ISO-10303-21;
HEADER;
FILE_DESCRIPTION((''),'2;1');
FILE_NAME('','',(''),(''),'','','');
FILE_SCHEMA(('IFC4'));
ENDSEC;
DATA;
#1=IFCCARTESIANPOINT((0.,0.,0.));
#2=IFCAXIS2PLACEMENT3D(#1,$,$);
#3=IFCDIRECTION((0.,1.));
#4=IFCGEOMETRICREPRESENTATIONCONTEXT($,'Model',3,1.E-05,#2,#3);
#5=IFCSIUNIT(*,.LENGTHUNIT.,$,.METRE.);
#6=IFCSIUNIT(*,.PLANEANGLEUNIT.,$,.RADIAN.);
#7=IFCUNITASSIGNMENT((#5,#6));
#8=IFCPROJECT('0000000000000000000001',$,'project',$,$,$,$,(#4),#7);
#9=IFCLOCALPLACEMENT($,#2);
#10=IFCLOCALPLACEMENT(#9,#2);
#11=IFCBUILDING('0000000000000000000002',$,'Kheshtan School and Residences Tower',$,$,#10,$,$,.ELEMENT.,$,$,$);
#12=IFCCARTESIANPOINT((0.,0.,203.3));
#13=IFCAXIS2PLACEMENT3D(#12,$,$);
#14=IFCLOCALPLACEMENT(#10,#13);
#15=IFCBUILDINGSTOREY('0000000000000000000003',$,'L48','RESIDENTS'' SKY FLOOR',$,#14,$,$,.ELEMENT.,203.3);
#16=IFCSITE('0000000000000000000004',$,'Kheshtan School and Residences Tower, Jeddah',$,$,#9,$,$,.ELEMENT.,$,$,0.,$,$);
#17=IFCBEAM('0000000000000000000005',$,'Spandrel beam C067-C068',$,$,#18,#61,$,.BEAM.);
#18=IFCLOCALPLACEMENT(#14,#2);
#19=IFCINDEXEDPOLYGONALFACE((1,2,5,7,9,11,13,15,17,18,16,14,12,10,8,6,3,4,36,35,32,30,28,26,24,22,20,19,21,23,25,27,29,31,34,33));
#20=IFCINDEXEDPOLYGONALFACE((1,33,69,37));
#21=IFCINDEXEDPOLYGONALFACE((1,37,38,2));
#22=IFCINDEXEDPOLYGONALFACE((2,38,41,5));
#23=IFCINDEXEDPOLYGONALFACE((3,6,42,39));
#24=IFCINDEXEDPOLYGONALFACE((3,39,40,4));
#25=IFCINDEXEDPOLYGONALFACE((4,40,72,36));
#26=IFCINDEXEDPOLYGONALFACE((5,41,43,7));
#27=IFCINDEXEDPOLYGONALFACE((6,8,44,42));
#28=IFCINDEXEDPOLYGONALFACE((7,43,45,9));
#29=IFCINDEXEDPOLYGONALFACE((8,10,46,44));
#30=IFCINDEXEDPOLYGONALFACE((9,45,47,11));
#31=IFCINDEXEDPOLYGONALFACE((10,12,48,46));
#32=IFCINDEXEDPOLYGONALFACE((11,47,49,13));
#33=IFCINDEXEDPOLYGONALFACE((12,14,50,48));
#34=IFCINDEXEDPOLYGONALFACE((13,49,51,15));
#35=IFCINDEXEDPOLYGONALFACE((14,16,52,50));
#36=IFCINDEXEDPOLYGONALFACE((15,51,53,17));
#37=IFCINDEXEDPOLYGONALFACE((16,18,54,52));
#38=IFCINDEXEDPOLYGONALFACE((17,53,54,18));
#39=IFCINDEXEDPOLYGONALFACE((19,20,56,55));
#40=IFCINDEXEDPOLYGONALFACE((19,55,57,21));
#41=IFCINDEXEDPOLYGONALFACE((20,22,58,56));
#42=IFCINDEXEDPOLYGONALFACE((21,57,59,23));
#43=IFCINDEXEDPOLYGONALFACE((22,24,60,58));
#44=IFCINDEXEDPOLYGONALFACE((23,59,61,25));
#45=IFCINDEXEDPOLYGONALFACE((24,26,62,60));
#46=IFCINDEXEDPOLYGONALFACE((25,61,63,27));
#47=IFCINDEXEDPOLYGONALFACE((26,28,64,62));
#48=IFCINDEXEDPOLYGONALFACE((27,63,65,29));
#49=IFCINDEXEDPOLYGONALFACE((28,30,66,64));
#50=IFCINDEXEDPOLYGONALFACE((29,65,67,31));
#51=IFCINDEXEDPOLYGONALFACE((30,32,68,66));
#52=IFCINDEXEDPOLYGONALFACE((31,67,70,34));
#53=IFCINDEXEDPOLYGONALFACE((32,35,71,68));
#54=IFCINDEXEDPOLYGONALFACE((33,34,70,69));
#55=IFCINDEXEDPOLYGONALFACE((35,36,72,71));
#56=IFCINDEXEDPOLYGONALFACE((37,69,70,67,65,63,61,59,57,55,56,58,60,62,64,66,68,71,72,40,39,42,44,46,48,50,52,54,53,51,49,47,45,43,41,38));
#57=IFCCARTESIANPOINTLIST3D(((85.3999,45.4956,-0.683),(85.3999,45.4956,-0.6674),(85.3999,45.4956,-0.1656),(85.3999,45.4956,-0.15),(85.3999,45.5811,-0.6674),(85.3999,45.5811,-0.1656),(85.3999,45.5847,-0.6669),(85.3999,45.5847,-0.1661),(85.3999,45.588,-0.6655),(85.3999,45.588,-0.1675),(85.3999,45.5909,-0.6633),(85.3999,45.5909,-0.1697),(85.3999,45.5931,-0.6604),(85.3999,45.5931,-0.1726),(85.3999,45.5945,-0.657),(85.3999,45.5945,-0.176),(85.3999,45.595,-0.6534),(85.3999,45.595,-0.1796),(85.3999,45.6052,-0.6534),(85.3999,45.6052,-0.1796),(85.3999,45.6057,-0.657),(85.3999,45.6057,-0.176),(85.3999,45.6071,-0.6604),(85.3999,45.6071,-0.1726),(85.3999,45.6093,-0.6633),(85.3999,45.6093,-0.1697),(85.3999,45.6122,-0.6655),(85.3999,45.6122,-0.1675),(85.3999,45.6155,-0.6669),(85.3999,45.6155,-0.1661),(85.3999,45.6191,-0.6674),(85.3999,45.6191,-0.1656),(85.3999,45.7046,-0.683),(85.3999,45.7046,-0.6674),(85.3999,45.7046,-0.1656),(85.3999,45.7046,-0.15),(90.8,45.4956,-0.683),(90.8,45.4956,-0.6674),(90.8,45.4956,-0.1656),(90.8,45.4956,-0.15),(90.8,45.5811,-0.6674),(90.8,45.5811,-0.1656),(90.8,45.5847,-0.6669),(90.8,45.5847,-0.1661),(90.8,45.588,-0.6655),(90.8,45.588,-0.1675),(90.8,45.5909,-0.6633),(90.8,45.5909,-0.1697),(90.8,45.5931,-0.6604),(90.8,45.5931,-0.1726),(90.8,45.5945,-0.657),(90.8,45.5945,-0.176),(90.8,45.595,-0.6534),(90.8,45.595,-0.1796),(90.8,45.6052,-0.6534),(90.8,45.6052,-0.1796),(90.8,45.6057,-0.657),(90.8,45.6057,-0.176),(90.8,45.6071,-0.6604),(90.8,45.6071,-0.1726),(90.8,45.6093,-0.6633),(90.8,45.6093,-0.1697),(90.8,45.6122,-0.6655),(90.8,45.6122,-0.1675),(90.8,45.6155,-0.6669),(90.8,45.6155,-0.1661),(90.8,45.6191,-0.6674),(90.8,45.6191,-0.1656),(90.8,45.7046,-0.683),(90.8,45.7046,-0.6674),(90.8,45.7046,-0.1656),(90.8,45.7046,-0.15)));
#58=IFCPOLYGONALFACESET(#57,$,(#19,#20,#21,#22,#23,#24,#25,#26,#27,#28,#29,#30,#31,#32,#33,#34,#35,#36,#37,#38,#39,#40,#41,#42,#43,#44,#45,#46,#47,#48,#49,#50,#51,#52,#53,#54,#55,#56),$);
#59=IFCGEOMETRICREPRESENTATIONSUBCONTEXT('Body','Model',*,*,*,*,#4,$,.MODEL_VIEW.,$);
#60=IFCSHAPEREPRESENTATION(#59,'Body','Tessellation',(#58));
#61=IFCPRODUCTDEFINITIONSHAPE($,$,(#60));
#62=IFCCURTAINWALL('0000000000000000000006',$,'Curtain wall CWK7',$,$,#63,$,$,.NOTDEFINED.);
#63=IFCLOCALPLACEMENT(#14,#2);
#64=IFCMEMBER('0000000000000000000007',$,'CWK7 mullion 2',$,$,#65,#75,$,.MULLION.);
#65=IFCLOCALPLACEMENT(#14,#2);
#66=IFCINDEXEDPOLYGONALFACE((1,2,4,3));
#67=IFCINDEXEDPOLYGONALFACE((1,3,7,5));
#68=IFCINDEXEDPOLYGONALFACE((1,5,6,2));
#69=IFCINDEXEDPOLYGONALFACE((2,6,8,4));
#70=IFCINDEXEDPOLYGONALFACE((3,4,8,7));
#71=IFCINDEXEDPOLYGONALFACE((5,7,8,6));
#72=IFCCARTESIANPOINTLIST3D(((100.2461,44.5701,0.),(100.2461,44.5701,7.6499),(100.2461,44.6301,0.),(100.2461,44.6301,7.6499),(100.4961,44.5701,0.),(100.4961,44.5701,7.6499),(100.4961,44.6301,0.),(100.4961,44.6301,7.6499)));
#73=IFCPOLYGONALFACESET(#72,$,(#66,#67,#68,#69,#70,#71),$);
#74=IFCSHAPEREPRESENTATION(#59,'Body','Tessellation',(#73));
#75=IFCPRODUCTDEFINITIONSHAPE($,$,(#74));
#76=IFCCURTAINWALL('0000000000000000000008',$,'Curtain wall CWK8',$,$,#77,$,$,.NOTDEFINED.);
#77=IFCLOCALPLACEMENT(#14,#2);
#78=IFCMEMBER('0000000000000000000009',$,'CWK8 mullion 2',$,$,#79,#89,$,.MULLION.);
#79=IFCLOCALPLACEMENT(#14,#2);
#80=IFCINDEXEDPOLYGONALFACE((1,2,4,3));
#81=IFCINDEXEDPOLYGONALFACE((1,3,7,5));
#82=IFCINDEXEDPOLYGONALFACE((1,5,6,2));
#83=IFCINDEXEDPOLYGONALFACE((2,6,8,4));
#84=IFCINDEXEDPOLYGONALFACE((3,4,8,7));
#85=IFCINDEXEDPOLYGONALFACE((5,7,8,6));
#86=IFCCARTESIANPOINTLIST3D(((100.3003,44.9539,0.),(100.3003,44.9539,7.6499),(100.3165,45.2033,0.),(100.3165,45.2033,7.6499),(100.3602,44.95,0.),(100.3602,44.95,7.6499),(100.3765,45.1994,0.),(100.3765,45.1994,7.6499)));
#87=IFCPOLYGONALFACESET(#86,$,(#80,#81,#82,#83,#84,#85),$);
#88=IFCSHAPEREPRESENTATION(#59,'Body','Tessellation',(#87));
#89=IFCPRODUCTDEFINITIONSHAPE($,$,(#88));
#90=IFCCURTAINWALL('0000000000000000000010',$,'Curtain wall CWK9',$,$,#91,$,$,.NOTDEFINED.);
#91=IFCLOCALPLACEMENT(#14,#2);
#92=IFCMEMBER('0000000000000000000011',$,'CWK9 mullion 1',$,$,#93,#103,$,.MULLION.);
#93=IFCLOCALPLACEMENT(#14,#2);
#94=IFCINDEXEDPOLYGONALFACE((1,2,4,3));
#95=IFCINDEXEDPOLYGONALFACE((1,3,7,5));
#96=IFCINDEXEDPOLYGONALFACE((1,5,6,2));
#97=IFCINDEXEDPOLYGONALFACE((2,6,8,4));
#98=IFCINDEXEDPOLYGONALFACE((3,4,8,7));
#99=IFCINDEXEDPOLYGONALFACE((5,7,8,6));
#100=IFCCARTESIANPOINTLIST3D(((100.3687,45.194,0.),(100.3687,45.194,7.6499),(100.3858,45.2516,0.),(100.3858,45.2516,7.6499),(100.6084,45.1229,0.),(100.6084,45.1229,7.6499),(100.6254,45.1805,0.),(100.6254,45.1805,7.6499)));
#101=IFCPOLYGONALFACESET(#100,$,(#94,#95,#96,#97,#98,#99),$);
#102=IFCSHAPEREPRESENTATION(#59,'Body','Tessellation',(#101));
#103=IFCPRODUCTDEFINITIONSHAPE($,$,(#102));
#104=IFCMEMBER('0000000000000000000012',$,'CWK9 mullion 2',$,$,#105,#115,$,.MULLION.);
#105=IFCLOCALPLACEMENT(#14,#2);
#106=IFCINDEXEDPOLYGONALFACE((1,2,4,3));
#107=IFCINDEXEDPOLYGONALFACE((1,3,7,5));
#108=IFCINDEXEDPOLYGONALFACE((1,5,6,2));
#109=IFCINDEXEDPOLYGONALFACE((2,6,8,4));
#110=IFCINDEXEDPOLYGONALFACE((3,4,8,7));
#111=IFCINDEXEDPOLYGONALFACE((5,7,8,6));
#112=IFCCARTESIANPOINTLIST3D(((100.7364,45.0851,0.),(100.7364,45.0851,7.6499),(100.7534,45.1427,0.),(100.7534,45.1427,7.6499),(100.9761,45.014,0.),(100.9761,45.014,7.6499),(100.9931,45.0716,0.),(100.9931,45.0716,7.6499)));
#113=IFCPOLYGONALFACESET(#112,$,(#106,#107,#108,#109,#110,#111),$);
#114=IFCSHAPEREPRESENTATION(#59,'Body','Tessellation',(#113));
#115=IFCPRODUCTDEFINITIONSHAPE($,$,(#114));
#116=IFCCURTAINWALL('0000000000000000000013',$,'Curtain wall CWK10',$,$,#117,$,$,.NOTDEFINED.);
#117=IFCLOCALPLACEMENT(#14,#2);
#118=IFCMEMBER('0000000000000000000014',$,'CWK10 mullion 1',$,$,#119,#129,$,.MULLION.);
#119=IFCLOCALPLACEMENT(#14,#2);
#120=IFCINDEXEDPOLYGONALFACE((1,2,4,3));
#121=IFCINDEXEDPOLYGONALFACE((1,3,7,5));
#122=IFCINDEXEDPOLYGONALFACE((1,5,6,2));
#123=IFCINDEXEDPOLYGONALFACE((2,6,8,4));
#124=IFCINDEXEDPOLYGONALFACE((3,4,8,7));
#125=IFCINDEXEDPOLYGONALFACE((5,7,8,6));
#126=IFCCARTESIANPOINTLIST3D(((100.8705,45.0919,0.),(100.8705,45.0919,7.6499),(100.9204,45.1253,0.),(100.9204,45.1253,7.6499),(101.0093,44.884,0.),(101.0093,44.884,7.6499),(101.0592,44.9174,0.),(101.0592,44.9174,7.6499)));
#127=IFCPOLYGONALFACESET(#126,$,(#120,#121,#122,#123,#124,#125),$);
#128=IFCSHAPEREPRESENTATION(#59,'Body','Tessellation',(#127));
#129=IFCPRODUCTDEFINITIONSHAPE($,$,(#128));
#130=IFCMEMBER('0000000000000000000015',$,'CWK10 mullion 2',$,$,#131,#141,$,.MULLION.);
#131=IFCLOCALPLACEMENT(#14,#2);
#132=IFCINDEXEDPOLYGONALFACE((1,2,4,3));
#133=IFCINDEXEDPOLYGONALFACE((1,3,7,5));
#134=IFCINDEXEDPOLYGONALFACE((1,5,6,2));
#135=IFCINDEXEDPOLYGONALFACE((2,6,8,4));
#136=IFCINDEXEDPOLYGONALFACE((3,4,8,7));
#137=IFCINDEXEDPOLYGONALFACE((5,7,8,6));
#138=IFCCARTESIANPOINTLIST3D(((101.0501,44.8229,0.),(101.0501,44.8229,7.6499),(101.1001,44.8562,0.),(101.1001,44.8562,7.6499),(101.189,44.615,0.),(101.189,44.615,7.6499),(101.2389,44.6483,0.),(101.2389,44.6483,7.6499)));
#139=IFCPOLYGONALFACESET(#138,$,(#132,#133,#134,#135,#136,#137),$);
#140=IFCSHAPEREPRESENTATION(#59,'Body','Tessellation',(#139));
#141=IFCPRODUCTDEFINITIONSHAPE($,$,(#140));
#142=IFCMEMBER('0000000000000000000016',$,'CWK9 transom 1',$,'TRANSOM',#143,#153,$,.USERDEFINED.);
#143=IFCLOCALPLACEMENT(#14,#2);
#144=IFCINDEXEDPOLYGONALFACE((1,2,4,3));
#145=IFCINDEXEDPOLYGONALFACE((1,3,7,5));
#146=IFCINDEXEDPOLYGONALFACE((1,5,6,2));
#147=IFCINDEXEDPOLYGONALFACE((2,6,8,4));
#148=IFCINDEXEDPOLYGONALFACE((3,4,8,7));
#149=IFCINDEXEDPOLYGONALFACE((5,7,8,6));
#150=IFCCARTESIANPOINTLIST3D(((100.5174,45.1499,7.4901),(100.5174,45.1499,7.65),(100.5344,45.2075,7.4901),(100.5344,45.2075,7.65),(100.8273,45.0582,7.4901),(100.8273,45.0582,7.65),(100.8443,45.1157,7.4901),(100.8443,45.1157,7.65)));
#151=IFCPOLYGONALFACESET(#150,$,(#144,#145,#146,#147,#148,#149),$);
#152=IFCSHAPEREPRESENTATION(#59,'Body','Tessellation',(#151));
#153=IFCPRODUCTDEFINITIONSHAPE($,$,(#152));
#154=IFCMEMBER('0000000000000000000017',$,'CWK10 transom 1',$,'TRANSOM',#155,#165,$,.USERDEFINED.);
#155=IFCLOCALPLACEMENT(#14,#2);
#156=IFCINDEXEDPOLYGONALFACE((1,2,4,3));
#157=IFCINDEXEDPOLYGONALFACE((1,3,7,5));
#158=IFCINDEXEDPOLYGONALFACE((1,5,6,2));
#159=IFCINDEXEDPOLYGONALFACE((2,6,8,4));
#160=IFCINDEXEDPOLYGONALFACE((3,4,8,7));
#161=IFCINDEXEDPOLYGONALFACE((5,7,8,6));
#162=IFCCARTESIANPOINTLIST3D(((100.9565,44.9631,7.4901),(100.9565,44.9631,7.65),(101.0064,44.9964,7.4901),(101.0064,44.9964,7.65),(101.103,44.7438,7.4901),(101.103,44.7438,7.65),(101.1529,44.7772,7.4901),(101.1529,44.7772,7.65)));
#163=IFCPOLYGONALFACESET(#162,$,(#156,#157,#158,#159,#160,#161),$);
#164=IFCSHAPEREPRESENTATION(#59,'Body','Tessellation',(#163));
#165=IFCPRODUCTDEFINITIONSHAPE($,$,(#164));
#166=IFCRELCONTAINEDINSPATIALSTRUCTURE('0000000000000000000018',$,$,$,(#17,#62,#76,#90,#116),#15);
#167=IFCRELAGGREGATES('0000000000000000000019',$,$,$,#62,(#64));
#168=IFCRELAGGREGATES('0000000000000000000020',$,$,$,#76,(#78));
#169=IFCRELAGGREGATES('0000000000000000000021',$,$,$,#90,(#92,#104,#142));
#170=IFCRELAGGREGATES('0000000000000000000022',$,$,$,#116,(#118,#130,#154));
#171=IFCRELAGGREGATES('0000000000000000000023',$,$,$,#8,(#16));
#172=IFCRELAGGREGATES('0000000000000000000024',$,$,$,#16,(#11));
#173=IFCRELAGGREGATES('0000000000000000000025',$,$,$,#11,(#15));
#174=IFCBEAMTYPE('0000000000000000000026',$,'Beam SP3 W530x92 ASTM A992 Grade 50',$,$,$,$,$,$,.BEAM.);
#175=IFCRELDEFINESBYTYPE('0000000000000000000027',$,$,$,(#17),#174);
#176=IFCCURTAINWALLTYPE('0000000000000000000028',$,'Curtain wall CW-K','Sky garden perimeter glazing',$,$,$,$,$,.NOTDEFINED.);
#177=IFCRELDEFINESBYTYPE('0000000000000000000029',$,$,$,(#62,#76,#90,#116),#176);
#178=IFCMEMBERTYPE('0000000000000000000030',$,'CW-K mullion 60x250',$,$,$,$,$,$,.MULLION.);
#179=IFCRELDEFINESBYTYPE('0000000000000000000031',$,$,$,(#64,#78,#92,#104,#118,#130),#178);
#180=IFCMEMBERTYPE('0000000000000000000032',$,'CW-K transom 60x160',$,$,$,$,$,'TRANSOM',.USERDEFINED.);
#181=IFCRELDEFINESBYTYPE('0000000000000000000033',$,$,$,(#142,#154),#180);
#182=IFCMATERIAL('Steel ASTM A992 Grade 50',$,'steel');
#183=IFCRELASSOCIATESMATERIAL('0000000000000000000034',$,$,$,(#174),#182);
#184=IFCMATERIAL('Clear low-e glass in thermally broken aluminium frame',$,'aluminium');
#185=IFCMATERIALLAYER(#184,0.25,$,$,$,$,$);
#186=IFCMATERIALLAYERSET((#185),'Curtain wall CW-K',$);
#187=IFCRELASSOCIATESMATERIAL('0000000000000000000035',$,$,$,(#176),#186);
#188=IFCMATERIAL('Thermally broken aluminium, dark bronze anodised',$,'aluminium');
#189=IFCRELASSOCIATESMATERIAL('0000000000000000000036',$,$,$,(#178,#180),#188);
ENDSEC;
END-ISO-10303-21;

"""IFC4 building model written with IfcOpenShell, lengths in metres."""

from ifc_helpers import new_model, si_unit, direction, frame, origin, origin_2d, place, context, subcontext, project, spatial, rectangle, i_section, extrude, material, layer, layer_set, material_profile, profile_set, type_object, element, aggregate, save


model = new_model("IFC4")

# Units and contexts
model_context = context("Model", 3, precision=1e-05, world=origin(), true_north=direction((0.0, 1.0)))
body_context = subcontext(model_context, "Body", "Model", "MODEL_VIEW")
ifc_project = project(units=[si_unit("LENGTHUNIT", "METRE"), si_unit("PLANEANGLEUNIT", "RADIAN")], contexts=[model_context])

# Site, building, storey
site_placement = place(None, origin())
site = spatial("IfcSite", under=ifc_project, at=site_placement, Name="Kheshtan School and Residences Tower, Jeddah", CompositionType="ELEMENT", RefElevation=0.0)
building_placement = place(site_placement, origin())
building = spatial("IfcBuilding", under=site, at=building_placement, Name="Kheshtan School and Residences Tower", CompositionType="ELEMENT")
storey_placement = place(building_placement, frame((0.0, 0.0, 203.3)))
storey = spatial("IfcBuildingStorey", under=building, at=storey_placement, Name="L48", Description="RESIDENTS' SKY FLOOR", CompositionType="ELEMENT", Elevation=203.3)

# Shared definitions
ifc_material_1 = material(Name="Steel ASTM A992 Grade 50", Category="steel")

# Beam
ifc_material_profile_1 = material_profile(ifc_material_1, i_section(OverallWidth=0.209, OverallDepth=0.533, WebThickness=0.0103, FlangeThickness=0.0156, FilletRadius=0.0139, at=origin_2d()), Name="W530x92")
ifc_profile_set_1 = profile_set([ifc_material_profile_1], Name="Steel ASTM A992 Grade 50")
beam_type_1 = type_object("IfcBeamType", Name="Beam SP3 W530x92 ASTM A992 Grade 50", PredefinedType="BEAM", material=ifc_profile_set_1)
beam_1_placement = place(storey_placement, frame((85.3999, 45.6001, -0.4165), z_axis=(1.0, 0.0, 0.0), x_axis=(0.0, 1.0, 0.0)))
element("IfcBeam", 1, at=beam_1_placement, inside=storey, type_object=beam_type_1, Name="Spandrel beam C067-C068", PredefinedType="BEAM", context=body_context, shape_type="SweptSolid", body=[
    extrude(i_section(OverallWidth=0.209, OverallDepth=0.533, WebThickness=0.0103, FlangeThickness=0.0156, FilletRadius=0.0139, at=origin_2d()), origin(), (0.0, 0.0, 1.0), 5.4001),
])

# Curtain walls, members
ifc_material_2 = material(Name="Clear low-e glass in thermally broken aluminium frame", Category="aluminium")
ifc_layer_1 = layer(ifc_material_2, 0.25)
ifc_layer_set_1 = layer_set([ifc_layer_1], Name="Curtain wall CW-K")
curtain_wall_type = type_object("IfcCurtainWallType", Name="Curtain wall CW-K", Description="Sky garden perimeter glazing", PredefinedType="NOTDEFINED", material=ifc_layer_set_1)
curtain_wall_1_placement = place(storey_placement, origin())
curtain_wall_1 = element("IfcCurtainWall", 2, at=curtain_wall_1_placement, inside=storey, type_object=curtain_wall_type, Name="Curtain wall CWK7", PredefinedType="NOTDEFINED")
ifc_material_3 = material(Name="Thermally broken aluminium, dark bronze anodised", Category="aluminium")
ifc_material_profile_2 = material_profile(ifc_material_3, rectangle(XDim=0.0601, YDim=0.25, at=origin_2d()), Name="CW-K mullion 60x250")
ifc_profile_set_2 = profile_set([ifc_material_profile_2], Name="Thermally broken aluminium, dark bronze anodised")
member_type_1 = type_object("IfcMemberType", Name="CW-K mullion 60x250", PredefinedType="MULLION", material=ifc_profile_set_2)
member_1_placement = place(storey_placement, frame((100.3711, 44.6001, 0.0), z_axis=(0.0, 0.0, 1.0), x_axis=(0.0, 1.0, 0.0)))
member_1 = element("IfcMember", 3, at=member_1_placement, type_object=member_type_1, Name="CWK7 mullion 2", PredefinedType="MULLION", context=body_context, shape_type="SweptSolid", body=[
    extrude(rectangle(XDim=0.0601, YDim=0.25, at=origin_2d()), origin(), (0.0, 0.0, 1.0), 7.6499),
])
curtain_wall_2_placement = place(storey_placement, origin())
curtain_wall_2 = element("IfcCurtainWall", 4, at=curtain_wall_2_placement, inside=storey, type_object=curtain_wall_type, Name="Curtain wall CWK8", PredefinedType="NOTDEFINED")
member_2_placement = place(storey_placement, frame((100.3384, 45.0767, 0.0), z_axis=(0.0, 0.0, 1.0), x_axis=(-0.997894, 0.064863, 0.0)))
member_2 = element("IfcMember", 5, at=member_2_placement, type_object=member_type_1, Name="CWK8 mullion 2", PredefinedType="MULLION", context=body_context, shape_type="SweptSolid", body=[
    extrude(rectangle(XDim=0.0601, YDim=0.25, at=origin_2d()), origin(), (0.0, 0.0, 1.0), 7.6499),
])

# Curtain walls, members
curtain_wall_3_placement = place(storey_placement, origin())
curtain_wall_3 = element("IfcCurtainWall", 6, at=curtain_wall_3_placement, inside=storey, type_object=curtain_wall_type, Name="Curtain wall CWK9", PredefinedType="NOTDEFINED")
member_3_placement = place(storey_placement, frame((100.4971, 45.1873, 0.0), z_axis=(0.0, 0.0, 1.0), x_axis=(0.284242, 0.958753, 0.0)))
member_3 = element("IfcMember", 7, at=member_3_placement, type_object=member_type_1, Name="CWK9 mullion 1", PredefinedType="MULLION", context=body_context, shape_type="SweptSolid", body=[
    extrude(rectangle(XDim=0.0601, YDim=0.25, at=origin_2d()), origin(), (0.0, 0.0, 1.0), 7.6499),
])
member_4_placement = place(storey_placement, frame((100.8647, 45.0784, 0.0), z_axis=(0.0, 0.0, 1.0), x_axis=(0.284242, 0.958753, 0.0)))
member_4 = element("IfcMember", 8, at=member_4_placement, type_object=member_type_1, Name="CWK9 mullion 2", PredefinedType="MULLION", context=body_context, shape_type="SweptSolid", body=[
    extrude(rectangle(XDim=0.0601, YDim=0.25, at=origin_2d()), origin(), (0.0, 0.0, 1.0), 7.6499),
])
curtain_wall_4_placement = place(storey_placement, origin())
curtain_wall_4 = element("IfcCurtainWall", 9, at=curtain_wall_4_placement, inside=storey, type_object=curtain_wall_type, Name="Curtain wall CWK10", PredefinedType="NOTDEFINED")
member_5_placement = place(storey_placement, frame((100.9648, 45.0046, 0.0), z_axis=(0.0, 0.0, 1.0), x_axis=(0.831649, 0.555302, 0.0)))
member_5 = element("IfcMember", 10, at=member_5_placement, type_object=member_type_1, Name="CWK10 mullion 1", PredefinedType="MULLION", context=body_context, shape_type="SweptSolid", body=[
    extrude(rectangle(XDim=0.0601, YDim=0.25, at=origin_2d()), origin(), (0.0, 0.0, 1.0), 7.6499),
])
member_6_placement = place(storey_placement, frame((101.1445, 44.7356, 0.0), z_axis=(0.0, 0.0, 1.0), x_axis=(0.831649, 0.555302, 0.0)))
member_6 = element("IfcMember", 11, at=member_6_placement, type_object=member_type_1, Name="CWK10 mullion 2", PredefinedType="MULLION", context=body_context, shape_type="SweptSolid", body=[
    extrude(rectangle(XDim=0.0601, YDim=0.25, at=origin_2d()), origin(), (0.0, 0.0, 1.0), 7.6499),
])

# Members
ifc_material_profile_3 = material_profile(ifc_material_3, rectangle(XDim=0.0601, YDim=0.1599, at=origin_2d()), Name="CW-K transom 60x160")
ifc_profile_set_3 = profile_set([ifc_material_profile_3], Name="Thermally broken aluminium, dark bronze anodised")
member_type_2 = type_object("IfcMemberType", Name="CW-K transom 60x160", ElementType="TRANSOM", PredefinedType="USERDEFINED", material=ifc_profile_set_3)
member_7_placement = place(storey_placement, frame((100.5259, 45.1787, 7.5701), z_axis=(0.958859, -0.283883, 0.0), x_axis=(0.283883, 0.958859, 0.0)))
member_7 = element("IfcMember", 12, at=member_7_placement, type_object=member_type_2, Name="CWK9 transom 1", ObjectType="TRANSOM", PredefinedType="USERDEFINED", context=body_context, shape_type="SweptSolid", body=[
    extrude(rectangle(XDim=0.0601, YDim=0.1599, at=origin_2d()), origin(), (0.0, 0.0, 1.0), 0.3232),
])
member_8_placement = place(storey_placement, frame((100.9814, 44.9797, 7.5701), z_axis=(0.555555, -0.83148, 0.0), x_axis=(0.83148, 0.555555, 0.0)))
member_8 = element("IfcMember", 13, at=member_8_placement, type_object=member_type_2, Name="CWK10 transom 1", ObjectType="TRANSOM", PredefinedType="USERDEFINED", context=body_context, shape_type="SweptSolid", body=[
    extrude(rectangle(XDim=0.0601, YDim=0.1599, at=origin_2d()), origin(), (0.0, 0.0, 1.0), 0.2637),
])

aggregate(curtain_wall_1, [member_1])
aggregate(curtain_wall_2, [member_2])
aggregate(curtain_wall_3, [member_3, member_4, member_7])
aggregate(curtain_wall_4, [member_5, member_6, member_8])

save(model, "model.ifc")
